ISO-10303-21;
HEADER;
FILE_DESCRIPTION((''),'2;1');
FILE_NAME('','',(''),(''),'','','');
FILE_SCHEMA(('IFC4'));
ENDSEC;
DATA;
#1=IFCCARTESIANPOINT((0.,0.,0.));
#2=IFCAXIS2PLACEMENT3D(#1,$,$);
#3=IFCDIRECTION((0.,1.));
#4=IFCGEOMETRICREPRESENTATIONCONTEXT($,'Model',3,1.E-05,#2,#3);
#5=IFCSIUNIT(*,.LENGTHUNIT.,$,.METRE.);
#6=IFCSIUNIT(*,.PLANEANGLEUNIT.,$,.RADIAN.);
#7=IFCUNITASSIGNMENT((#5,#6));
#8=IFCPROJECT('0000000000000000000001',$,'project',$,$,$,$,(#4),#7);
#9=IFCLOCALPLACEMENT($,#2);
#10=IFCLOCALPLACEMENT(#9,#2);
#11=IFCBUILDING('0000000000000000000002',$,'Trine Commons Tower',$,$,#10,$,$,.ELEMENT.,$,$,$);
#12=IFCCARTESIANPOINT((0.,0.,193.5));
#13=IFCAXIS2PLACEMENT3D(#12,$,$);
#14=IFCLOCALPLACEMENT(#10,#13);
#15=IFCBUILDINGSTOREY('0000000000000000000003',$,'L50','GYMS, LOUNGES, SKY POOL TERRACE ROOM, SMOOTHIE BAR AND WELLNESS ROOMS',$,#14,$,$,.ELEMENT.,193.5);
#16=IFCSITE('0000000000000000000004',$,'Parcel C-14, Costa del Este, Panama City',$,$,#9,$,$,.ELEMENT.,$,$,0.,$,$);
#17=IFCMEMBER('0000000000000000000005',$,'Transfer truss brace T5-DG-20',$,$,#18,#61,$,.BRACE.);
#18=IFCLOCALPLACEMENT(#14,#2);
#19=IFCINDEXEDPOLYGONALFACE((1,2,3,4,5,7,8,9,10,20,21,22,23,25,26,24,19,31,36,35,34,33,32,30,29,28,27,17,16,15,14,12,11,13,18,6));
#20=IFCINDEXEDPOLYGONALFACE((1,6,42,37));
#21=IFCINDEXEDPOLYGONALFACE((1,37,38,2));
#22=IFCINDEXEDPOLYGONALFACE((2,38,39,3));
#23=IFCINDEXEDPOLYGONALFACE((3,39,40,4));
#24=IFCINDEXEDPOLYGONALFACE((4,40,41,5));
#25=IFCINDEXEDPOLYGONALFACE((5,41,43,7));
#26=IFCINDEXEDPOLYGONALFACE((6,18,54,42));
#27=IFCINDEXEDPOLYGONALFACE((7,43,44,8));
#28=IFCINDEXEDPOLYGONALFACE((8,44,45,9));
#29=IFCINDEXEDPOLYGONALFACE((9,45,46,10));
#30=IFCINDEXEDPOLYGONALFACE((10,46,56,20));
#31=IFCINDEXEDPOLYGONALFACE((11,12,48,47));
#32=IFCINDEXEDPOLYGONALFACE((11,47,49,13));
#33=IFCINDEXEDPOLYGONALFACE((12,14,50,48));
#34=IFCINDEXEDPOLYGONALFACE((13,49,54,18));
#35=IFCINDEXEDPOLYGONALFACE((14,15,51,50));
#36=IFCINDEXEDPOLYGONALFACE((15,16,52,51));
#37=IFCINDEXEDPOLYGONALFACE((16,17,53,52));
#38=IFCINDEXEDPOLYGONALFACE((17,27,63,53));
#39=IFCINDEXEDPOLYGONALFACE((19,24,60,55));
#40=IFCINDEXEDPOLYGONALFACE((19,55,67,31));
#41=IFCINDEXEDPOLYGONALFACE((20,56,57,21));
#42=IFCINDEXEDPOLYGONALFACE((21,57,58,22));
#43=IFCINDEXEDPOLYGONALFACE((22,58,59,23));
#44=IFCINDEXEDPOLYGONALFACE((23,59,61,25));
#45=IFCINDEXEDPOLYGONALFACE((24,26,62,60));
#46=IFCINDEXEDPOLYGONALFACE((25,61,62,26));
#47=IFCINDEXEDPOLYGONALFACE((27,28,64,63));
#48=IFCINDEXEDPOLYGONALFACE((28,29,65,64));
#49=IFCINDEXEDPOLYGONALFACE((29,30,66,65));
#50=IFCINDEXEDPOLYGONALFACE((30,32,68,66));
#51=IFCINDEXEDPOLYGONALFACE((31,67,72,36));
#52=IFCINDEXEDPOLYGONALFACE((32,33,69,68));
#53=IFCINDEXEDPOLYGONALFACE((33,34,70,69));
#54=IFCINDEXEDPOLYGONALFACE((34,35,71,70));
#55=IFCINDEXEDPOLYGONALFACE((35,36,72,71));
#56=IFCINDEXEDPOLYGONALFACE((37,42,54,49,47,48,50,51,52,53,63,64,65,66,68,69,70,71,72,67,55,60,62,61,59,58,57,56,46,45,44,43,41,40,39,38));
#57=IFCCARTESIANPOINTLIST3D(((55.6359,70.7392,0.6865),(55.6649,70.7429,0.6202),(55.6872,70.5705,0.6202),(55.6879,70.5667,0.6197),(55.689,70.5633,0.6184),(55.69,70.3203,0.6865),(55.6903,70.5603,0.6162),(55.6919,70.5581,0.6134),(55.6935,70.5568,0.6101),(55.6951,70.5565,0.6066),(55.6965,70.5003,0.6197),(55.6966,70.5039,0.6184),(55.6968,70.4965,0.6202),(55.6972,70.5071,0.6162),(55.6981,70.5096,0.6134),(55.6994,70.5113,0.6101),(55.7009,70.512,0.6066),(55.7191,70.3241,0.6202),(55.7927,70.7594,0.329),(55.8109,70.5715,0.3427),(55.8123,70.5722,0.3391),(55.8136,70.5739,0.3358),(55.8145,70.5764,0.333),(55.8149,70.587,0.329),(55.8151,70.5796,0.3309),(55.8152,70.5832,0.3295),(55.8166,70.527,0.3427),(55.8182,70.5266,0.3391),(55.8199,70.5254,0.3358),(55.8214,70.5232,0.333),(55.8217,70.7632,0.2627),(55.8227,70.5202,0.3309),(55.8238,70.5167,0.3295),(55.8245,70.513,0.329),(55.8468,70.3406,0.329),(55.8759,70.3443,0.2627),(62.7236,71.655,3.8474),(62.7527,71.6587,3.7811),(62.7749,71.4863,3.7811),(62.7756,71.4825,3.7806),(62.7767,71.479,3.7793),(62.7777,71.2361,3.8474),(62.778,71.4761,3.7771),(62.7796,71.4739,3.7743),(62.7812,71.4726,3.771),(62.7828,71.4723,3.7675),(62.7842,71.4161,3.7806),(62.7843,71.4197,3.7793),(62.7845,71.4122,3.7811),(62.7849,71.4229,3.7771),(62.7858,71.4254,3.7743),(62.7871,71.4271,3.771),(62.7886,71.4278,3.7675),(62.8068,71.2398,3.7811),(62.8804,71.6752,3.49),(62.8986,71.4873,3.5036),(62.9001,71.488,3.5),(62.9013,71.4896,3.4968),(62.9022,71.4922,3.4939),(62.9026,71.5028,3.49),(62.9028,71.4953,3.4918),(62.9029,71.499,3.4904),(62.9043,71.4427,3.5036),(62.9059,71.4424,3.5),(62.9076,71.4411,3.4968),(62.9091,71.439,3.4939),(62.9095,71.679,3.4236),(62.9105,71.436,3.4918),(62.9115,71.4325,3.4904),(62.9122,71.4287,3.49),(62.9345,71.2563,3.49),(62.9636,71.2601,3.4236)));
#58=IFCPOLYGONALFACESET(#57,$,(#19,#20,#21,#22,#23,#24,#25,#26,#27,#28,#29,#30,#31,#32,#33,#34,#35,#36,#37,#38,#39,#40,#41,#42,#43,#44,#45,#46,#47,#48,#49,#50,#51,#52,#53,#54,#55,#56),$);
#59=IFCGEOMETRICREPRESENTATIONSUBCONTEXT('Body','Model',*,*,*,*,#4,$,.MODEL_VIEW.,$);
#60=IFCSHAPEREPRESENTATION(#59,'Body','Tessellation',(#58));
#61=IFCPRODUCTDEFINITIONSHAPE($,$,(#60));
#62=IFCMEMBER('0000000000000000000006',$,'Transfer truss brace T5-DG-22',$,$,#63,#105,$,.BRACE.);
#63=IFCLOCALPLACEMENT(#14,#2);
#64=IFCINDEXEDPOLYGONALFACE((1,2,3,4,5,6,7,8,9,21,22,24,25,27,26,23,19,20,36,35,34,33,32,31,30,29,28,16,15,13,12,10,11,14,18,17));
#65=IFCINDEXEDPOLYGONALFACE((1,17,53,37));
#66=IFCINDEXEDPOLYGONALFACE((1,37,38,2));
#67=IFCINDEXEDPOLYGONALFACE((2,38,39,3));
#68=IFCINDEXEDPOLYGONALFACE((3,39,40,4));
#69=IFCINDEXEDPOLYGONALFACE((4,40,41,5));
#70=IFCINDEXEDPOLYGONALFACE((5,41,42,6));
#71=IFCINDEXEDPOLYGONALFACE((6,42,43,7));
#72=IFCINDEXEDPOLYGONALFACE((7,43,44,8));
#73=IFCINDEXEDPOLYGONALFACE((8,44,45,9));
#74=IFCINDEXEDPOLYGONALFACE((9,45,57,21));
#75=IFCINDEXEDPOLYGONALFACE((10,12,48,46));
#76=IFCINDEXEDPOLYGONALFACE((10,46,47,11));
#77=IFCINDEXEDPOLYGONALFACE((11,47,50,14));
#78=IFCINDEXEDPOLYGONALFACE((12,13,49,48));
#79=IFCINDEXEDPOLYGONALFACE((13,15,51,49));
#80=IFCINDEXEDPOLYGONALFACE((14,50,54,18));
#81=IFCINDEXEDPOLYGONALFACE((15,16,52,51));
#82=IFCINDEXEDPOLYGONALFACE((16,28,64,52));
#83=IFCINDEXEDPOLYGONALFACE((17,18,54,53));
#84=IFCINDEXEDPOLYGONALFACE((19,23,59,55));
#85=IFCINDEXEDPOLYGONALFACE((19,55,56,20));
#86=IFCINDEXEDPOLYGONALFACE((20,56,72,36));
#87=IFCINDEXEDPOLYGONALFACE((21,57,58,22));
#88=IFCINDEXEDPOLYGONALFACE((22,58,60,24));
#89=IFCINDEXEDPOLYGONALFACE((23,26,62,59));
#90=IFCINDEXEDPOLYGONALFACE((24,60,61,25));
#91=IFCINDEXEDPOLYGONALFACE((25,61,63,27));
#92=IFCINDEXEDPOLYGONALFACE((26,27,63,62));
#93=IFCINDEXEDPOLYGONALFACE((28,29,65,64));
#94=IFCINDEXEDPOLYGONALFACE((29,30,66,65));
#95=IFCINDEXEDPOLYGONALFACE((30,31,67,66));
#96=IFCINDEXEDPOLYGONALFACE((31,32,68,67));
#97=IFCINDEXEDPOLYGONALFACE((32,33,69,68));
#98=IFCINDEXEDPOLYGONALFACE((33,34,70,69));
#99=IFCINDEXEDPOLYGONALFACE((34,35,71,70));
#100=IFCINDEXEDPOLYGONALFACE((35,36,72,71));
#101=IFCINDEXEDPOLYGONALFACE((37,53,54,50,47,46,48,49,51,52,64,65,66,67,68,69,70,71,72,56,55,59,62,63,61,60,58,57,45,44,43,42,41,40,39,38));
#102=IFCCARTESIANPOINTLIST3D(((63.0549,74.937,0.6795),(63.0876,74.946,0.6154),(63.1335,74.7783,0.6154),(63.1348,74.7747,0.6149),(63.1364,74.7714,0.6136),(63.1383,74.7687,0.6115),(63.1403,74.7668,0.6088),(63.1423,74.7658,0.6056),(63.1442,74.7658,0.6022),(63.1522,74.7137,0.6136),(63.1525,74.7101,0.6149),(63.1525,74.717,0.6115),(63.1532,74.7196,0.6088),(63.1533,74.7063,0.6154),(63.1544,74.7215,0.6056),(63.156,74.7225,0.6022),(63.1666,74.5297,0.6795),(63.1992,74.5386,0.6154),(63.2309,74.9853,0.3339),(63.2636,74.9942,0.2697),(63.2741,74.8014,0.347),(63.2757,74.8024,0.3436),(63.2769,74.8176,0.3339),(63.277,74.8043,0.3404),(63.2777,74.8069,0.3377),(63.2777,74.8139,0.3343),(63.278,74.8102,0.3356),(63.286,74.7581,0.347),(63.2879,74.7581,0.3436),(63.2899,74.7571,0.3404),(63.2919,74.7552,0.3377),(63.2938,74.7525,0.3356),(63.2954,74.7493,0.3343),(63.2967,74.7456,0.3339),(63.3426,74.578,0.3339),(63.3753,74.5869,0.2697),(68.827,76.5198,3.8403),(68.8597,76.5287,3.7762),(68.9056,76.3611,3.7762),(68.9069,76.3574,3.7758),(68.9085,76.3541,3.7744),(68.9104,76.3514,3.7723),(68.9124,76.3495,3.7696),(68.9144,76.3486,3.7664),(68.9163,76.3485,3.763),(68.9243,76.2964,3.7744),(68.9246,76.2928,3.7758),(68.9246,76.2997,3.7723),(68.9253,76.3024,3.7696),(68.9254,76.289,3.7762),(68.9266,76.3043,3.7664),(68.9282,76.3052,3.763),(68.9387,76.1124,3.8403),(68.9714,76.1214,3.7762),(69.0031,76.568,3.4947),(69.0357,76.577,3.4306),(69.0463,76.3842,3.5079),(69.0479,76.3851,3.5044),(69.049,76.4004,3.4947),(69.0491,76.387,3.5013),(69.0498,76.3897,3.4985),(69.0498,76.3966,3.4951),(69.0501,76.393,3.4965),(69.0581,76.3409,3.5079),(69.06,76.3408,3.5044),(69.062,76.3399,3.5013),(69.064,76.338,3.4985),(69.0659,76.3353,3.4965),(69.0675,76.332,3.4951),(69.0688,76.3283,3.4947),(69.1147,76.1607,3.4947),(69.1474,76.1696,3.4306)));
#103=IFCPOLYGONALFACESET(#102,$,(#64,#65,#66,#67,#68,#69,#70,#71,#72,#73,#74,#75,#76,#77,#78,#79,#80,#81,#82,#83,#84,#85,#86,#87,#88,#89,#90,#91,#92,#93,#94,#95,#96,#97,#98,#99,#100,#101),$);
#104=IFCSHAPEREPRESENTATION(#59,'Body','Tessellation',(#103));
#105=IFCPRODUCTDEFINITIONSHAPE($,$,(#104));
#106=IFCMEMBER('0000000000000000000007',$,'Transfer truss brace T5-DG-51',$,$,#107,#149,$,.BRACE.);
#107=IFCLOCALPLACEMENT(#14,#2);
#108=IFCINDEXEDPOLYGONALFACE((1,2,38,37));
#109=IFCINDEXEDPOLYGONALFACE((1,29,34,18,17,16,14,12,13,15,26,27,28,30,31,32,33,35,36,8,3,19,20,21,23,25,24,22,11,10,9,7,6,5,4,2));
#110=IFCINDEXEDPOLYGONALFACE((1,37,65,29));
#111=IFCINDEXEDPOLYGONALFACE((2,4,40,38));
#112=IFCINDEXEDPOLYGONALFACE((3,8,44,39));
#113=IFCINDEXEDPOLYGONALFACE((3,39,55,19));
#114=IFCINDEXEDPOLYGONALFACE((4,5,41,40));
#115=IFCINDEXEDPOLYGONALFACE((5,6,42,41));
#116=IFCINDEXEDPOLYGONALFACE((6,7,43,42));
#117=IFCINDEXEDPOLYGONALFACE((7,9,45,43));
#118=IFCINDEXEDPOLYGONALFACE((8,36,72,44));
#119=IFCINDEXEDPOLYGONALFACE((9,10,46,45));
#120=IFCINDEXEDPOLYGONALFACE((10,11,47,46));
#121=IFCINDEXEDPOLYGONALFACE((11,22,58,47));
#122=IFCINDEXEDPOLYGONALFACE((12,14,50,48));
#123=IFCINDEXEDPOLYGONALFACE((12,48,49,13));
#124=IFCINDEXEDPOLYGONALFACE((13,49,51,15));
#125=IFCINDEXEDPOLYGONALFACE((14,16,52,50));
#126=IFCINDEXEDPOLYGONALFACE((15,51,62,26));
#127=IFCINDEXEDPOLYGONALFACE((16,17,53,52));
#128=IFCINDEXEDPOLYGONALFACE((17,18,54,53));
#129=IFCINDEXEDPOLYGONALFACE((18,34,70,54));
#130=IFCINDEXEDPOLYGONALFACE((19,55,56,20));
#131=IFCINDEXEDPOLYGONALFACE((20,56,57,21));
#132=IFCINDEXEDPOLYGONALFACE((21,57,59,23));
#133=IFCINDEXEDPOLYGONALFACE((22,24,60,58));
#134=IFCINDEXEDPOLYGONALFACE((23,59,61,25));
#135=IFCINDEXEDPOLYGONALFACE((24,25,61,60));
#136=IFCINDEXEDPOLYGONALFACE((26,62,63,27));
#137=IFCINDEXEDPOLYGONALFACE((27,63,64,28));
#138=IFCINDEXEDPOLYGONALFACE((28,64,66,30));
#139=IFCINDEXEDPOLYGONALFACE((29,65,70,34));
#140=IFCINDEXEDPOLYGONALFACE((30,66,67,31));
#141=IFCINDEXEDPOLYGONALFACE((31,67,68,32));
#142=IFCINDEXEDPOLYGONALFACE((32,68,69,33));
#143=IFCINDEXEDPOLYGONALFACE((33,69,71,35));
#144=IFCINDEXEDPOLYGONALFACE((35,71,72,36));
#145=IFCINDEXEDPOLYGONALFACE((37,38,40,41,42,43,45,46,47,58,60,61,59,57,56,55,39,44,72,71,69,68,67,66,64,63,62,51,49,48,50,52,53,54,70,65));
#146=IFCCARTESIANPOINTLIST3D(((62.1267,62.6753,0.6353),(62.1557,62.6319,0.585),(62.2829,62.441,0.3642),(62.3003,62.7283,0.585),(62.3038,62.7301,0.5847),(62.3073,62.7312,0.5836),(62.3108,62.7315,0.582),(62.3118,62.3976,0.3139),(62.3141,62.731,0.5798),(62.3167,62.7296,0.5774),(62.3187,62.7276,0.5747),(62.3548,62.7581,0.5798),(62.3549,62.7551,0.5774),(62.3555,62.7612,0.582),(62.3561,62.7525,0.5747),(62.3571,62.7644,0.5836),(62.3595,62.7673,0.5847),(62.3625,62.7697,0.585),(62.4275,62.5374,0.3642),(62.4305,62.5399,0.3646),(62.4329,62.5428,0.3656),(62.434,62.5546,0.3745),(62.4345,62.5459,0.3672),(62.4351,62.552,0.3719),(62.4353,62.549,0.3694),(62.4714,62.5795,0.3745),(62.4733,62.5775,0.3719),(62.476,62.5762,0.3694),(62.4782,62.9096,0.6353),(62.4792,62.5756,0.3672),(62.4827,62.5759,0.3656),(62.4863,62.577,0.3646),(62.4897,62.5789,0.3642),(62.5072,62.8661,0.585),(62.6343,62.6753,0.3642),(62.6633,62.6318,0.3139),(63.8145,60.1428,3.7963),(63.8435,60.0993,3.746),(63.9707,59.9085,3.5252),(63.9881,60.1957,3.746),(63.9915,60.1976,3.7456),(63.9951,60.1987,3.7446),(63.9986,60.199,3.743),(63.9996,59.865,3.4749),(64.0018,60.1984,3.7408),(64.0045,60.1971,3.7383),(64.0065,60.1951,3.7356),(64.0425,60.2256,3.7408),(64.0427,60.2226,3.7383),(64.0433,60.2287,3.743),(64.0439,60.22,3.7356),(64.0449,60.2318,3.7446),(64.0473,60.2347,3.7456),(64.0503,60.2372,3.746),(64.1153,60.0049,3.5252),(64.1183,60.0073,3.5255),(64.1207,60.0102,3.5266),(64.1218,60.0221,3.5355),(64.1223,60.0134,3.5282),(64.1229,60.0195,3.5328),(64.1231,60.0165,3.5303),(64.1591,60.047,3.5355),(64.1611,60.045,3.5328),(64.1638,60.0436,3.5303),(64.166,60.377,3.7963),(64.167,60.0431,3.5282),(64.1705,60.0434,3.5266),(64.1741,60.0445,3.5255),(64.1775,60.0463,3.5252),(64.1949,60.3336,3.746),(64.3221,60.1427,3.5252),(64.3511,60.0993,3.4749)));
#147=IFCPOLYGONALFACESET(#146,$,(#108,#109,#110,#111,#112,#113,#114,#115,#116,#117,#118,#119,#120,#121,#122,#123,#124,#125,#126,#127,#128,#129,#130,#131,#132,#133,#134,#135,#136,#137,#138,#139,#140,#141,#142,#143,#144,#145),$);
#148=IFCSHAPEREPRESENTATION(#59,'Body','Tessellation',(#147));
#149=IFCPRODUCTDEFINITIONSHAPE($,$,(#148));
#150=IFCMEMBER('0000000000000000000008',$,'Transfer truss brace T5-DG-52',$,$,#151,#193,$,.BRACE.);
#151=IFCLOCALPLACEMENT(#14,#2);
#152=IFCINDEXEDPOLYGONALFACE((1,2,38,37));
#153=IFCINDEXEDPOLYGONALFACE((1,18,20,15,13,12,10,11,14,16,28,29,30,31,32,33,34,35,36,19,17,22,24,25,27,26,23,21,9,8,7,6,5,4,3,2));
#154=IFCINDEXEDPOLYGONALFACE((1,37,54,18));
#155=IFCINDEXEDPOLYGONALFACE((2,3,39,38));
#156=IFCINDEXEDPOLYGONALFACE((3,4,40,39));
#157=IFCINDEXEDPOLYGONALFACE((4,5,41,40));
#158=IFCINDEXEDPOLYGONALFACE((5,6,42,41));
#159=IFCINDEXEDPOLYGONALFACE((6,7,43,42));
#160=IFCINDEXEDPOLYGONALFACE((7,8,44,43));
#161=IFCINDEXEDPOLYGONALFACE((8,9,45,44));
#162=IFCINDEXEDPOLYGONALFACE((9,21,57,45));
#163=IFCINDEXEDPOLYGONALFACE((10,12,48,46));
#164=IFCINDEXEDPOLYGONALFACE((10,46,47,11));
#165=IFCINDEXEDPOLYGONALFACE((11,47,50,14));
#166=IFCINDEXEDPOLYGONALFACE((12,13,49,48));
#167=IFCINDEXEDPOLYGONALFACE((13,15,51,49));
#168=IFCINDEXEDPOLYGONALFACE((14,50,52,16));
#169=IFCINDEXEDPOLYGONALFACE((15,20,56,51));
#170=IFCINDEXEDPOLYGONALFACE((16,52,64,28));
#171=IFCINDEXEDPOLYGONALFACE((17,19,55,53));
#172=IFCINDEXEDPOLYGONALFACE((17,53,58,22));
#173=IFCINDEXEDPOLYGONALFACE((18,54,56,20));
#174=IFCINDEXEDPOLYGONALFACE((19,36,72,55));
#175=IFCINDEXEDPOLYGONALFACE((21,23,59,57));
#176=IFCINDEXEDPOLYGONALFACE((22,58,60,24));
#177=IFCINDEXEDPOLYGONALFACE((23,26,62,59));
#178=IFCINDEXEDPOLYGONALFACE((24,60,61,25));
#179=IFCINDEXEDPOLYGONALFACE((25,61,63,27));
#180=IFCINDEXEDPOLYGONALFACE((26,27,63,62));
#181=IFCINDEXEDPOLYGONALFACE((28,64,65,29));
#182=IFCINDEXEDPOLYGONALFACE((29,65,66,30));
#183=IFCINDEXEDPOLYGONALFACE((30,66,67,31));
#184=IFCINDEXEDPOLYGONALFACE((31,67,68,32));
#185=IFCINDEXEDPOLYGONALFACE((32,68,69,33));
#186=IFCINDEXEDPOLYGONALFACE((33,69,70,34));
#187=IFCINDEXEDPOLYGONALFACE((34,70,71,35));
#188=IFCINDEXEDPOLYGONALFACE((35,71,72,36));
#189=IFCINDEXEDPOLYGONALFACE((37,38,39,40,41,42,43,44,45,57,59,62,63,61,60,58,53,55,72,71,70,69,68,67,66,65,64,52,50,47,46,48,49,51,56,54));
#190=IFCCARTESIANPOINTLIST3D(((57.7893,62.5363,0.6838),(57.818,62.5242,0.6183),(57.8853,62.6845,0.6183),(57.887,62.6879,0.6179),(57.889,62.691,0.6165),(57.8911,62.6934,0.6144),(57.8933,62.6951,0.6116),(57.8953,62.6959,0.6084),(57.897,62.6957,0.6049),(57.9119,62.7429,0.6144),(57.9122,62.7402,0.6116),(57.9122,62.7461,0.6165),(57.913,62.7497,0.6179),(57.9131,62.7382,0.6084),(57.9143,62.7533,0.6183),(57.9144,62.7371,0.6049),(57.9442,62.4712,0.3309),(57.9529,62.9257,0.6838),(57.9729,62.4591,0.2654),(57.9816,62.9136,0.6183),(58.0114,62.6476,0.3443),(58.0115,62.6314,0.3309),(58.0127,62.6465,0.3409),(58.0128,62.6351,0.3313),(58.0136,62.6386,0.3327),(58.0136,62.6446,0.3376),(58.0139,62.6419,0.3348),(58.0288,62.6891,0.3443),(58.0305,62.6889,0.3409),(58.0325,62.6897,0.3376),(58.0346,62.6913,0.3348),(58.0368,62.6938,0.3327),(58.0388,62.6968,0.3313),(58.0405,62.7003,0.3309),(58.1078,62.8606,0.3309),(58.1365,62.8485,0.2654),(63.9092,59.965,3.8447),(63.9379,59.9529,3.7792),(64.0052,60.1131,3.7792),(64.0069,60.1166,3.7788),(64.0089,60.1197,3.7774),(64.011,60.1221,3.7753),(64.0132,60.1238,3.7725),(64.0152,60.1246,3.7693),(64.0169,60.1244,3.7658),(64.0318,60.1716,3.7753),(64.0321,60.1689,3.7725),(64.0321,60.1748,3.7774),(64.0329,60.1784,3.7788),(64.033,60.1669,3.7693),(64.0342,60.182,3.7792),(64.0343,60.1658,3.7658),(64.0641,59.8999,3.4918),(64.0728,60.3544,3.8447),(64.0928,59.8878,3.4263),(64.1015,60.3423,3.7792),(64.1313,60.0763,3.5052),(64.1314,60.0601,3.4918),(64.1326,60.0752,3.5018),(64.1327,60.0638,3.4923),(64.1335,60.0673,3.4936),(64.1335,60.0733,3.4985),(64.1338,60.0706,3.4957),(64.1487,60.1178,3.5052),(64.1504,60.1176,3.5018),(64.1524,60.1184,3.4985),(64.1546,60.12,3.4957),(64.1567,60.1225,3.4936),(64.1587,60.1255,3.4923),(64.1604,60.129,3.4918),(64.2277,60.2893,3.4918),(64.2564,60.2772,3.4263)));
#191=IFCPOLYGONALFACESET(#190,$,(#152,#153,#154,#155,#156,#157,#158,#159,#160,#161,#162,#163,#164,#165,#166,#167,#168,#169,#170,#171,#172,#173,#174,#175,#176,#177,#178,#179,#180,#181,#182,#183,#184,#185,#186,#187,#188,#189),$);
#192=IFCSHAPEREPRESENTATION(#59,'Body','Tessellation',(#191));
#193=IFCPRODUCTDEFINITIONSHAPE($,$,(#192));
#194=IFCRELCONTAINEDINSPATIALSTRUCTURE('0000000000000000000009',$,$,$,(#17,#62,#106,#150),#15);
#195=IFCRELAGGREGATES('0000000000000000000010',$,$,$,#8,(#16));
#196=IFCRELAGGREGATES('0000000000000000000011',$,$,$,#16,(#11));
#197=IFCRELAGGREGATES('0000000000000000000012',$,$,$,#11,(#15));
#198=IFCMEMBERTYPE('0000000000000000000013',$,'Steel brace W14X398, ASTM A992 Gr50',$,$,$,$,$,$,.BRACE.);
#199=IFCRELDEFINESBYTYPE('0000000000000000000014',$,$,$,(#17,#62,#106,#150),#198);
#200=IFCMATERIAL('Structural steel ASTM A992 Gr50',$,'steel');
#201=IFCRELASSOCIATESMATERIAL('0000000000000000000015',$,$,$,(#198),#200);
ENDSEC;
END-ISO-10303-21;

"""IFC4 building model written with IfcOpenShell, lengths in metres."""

from ifc_helpers import new_model, si_unit, direction, frame, origin, origin_2d, place, context, subcontext, project, spatial, i_section, extrude, material, material_profile, profile_set, type_object, element, save


model = new_model("IFC4")

# Units and contexts
model_context = context("Model", 3, precision=1e-05, world=origin(), true_north=direction((0.0, 1.0)))
body_context = subcontext(model_context, "Body", "Model", "MODEL_VIEW")
ifc_project = project(units=[si_unit("LENGTHUNIT", "METRE"), si_unit("PLANEANGLEUNIT", "RADIAN")], contexts=[model_context])

# Site, building, storey
site_placement = place(None, origin())
site = spatial("IfcSite", under=ifc_project, at=site_placement, Name="Parcel C-14, Costa del Este, Panama City", CompositionType="ELEMENT", RefElevation=0.0)
building_placement = place(site_placement, origin())
building = spatial("IfcBuilding", under=site, at=building_placement, Name="Trine Commons Tower", CompositionType="ELEMENT")
storey_placement = place(building_placement, frame((0.0, 0.0, 193.5)))
storey = spatial("IfcBuildingStorey", under=building, at=storey_placement, Name="L50", Description="GYMS, LOUNGES, SKY POOL TERRACE ROOM, SMOOTHIE BAR AND WELLNESS ROOMS", CompositionType="ELEMENT", Elevation=193.5)

# Shared definitions
ifc_material_1 = material(Name="Structural steel ASTM A992 Gr50", Category="steel")

# Members
ifc_material_profile_1 = material_profile(ifc_material_1, i_section(OverallWidth=0.4224, OverallDepth=0.4634, WebThickness=0.0449, FlangeThickness=0.0725, FilletRadius=0.0149, at=origin_2d()), Name="W14X398")
ifc_profile_set_1 = profile_set([ifc_material_profile_1], Name="Structural steel ASTM A992 Gr50")
member_type_1 = type_object("IfcMemberType", Name="Steel brace W14X398, ASTM A992 Gr50", PredefinedType="BRACE", material=ifc_profile_set_1)
member_1_placement = place(storey_placement, frame((55.7559, 70.5417, 0.4746), z_axis=(0.907, 0.11719, 0.404496), x_axis=(-0.128142, 0.991756, 0.0)))
element("IfcMember", 1, at=member_1_placement, inside=storey, type_object=member_type_1, Name="Transfer truss brace T5-DG-20", PredefinedType="BRACE", context=body_context, shape_type="SweptSolid", body=[
    extrude(i_section(OverallWidth=0.4224, OverallDepth=0.4634, WebThickness=0.0449, FlangeThickness=0.0725, FilletRadius=0.0149, at=origin_2d()), origin(), (0.0, 0.0, 1.0), 7.8145),
])
member_2_placement = place(storey_placement, frame((63.2151, 74.762, 0.4746), z_axis=(0.852785, 0.233837, 0.466988), x_axis=(-0.264443, 0.964401, 0.0)))
element("IfcMember", 2, at=member_2_placement, inside=storey, type_object=member_type_1, Name="Transfer truss brace T5-DG-22", PredefinedType="BRACE", context=body_context, shape_type="SweptSolid", body=[
    extrude(i_section(OverallWidth=0.4224, OverallDepth=0.4634, WebThickness=0.0449, FlangeThickness=0.0725, FilletRadius=0.0149, at=origin_2d()), origin(), (0.0, 0.0, 1.0), 6.7686),
])
member_3_placement = place(storey_placement, frame((62.395, 62.6536, 0.4746), z_axis=(0.384642, -0.577157, 0.720375), x_axis=(0.832137, 0.554571, 0.0)))
element("IfcMember", 3, at=member_3_placement, inside=storey, type_object=member_type_1, Name="Transfer truss brace T5-DG-51", PredefinedType="BRACE", context=body_context, shape_type="SweptSolid", body=[
    extrude(i_section(OverallWidth=0.4224, OverallDepth=0.4634, WebThickness=0.0449, FlangeThickness=0.0725, FilletRadius=0.0149, at=origin_2d()), origin(), (0.0, 0.0, 1.0), 4.3879),
])
member_4_placement = place(storey_placement, frame((57.9629, 62.6924, 0.4746), z_axis=(0.832381, -0.349728, 0.429921), x_axis=(0.387353, 0.921931, 0.0)))
element("IfcMember", 4, at=member_4_placement, inside=storey, type_object=member_type_1, Name="Transfer truss brace T5-DG-52", PredefinedType="BRACE", context=body_context, shape_type="SweptSolid", body=[
    extrude(i_section(OverallWidth=0.4224, OverallDepth=0.4634, WebThickness=0.0449, FlangeThickness=0.0725, FilletRadius=0.0149, at=origin_2d()), origin(), (0.0, 0.0, 1.0), 7.3523),
])

save(model, "model.ifc")
